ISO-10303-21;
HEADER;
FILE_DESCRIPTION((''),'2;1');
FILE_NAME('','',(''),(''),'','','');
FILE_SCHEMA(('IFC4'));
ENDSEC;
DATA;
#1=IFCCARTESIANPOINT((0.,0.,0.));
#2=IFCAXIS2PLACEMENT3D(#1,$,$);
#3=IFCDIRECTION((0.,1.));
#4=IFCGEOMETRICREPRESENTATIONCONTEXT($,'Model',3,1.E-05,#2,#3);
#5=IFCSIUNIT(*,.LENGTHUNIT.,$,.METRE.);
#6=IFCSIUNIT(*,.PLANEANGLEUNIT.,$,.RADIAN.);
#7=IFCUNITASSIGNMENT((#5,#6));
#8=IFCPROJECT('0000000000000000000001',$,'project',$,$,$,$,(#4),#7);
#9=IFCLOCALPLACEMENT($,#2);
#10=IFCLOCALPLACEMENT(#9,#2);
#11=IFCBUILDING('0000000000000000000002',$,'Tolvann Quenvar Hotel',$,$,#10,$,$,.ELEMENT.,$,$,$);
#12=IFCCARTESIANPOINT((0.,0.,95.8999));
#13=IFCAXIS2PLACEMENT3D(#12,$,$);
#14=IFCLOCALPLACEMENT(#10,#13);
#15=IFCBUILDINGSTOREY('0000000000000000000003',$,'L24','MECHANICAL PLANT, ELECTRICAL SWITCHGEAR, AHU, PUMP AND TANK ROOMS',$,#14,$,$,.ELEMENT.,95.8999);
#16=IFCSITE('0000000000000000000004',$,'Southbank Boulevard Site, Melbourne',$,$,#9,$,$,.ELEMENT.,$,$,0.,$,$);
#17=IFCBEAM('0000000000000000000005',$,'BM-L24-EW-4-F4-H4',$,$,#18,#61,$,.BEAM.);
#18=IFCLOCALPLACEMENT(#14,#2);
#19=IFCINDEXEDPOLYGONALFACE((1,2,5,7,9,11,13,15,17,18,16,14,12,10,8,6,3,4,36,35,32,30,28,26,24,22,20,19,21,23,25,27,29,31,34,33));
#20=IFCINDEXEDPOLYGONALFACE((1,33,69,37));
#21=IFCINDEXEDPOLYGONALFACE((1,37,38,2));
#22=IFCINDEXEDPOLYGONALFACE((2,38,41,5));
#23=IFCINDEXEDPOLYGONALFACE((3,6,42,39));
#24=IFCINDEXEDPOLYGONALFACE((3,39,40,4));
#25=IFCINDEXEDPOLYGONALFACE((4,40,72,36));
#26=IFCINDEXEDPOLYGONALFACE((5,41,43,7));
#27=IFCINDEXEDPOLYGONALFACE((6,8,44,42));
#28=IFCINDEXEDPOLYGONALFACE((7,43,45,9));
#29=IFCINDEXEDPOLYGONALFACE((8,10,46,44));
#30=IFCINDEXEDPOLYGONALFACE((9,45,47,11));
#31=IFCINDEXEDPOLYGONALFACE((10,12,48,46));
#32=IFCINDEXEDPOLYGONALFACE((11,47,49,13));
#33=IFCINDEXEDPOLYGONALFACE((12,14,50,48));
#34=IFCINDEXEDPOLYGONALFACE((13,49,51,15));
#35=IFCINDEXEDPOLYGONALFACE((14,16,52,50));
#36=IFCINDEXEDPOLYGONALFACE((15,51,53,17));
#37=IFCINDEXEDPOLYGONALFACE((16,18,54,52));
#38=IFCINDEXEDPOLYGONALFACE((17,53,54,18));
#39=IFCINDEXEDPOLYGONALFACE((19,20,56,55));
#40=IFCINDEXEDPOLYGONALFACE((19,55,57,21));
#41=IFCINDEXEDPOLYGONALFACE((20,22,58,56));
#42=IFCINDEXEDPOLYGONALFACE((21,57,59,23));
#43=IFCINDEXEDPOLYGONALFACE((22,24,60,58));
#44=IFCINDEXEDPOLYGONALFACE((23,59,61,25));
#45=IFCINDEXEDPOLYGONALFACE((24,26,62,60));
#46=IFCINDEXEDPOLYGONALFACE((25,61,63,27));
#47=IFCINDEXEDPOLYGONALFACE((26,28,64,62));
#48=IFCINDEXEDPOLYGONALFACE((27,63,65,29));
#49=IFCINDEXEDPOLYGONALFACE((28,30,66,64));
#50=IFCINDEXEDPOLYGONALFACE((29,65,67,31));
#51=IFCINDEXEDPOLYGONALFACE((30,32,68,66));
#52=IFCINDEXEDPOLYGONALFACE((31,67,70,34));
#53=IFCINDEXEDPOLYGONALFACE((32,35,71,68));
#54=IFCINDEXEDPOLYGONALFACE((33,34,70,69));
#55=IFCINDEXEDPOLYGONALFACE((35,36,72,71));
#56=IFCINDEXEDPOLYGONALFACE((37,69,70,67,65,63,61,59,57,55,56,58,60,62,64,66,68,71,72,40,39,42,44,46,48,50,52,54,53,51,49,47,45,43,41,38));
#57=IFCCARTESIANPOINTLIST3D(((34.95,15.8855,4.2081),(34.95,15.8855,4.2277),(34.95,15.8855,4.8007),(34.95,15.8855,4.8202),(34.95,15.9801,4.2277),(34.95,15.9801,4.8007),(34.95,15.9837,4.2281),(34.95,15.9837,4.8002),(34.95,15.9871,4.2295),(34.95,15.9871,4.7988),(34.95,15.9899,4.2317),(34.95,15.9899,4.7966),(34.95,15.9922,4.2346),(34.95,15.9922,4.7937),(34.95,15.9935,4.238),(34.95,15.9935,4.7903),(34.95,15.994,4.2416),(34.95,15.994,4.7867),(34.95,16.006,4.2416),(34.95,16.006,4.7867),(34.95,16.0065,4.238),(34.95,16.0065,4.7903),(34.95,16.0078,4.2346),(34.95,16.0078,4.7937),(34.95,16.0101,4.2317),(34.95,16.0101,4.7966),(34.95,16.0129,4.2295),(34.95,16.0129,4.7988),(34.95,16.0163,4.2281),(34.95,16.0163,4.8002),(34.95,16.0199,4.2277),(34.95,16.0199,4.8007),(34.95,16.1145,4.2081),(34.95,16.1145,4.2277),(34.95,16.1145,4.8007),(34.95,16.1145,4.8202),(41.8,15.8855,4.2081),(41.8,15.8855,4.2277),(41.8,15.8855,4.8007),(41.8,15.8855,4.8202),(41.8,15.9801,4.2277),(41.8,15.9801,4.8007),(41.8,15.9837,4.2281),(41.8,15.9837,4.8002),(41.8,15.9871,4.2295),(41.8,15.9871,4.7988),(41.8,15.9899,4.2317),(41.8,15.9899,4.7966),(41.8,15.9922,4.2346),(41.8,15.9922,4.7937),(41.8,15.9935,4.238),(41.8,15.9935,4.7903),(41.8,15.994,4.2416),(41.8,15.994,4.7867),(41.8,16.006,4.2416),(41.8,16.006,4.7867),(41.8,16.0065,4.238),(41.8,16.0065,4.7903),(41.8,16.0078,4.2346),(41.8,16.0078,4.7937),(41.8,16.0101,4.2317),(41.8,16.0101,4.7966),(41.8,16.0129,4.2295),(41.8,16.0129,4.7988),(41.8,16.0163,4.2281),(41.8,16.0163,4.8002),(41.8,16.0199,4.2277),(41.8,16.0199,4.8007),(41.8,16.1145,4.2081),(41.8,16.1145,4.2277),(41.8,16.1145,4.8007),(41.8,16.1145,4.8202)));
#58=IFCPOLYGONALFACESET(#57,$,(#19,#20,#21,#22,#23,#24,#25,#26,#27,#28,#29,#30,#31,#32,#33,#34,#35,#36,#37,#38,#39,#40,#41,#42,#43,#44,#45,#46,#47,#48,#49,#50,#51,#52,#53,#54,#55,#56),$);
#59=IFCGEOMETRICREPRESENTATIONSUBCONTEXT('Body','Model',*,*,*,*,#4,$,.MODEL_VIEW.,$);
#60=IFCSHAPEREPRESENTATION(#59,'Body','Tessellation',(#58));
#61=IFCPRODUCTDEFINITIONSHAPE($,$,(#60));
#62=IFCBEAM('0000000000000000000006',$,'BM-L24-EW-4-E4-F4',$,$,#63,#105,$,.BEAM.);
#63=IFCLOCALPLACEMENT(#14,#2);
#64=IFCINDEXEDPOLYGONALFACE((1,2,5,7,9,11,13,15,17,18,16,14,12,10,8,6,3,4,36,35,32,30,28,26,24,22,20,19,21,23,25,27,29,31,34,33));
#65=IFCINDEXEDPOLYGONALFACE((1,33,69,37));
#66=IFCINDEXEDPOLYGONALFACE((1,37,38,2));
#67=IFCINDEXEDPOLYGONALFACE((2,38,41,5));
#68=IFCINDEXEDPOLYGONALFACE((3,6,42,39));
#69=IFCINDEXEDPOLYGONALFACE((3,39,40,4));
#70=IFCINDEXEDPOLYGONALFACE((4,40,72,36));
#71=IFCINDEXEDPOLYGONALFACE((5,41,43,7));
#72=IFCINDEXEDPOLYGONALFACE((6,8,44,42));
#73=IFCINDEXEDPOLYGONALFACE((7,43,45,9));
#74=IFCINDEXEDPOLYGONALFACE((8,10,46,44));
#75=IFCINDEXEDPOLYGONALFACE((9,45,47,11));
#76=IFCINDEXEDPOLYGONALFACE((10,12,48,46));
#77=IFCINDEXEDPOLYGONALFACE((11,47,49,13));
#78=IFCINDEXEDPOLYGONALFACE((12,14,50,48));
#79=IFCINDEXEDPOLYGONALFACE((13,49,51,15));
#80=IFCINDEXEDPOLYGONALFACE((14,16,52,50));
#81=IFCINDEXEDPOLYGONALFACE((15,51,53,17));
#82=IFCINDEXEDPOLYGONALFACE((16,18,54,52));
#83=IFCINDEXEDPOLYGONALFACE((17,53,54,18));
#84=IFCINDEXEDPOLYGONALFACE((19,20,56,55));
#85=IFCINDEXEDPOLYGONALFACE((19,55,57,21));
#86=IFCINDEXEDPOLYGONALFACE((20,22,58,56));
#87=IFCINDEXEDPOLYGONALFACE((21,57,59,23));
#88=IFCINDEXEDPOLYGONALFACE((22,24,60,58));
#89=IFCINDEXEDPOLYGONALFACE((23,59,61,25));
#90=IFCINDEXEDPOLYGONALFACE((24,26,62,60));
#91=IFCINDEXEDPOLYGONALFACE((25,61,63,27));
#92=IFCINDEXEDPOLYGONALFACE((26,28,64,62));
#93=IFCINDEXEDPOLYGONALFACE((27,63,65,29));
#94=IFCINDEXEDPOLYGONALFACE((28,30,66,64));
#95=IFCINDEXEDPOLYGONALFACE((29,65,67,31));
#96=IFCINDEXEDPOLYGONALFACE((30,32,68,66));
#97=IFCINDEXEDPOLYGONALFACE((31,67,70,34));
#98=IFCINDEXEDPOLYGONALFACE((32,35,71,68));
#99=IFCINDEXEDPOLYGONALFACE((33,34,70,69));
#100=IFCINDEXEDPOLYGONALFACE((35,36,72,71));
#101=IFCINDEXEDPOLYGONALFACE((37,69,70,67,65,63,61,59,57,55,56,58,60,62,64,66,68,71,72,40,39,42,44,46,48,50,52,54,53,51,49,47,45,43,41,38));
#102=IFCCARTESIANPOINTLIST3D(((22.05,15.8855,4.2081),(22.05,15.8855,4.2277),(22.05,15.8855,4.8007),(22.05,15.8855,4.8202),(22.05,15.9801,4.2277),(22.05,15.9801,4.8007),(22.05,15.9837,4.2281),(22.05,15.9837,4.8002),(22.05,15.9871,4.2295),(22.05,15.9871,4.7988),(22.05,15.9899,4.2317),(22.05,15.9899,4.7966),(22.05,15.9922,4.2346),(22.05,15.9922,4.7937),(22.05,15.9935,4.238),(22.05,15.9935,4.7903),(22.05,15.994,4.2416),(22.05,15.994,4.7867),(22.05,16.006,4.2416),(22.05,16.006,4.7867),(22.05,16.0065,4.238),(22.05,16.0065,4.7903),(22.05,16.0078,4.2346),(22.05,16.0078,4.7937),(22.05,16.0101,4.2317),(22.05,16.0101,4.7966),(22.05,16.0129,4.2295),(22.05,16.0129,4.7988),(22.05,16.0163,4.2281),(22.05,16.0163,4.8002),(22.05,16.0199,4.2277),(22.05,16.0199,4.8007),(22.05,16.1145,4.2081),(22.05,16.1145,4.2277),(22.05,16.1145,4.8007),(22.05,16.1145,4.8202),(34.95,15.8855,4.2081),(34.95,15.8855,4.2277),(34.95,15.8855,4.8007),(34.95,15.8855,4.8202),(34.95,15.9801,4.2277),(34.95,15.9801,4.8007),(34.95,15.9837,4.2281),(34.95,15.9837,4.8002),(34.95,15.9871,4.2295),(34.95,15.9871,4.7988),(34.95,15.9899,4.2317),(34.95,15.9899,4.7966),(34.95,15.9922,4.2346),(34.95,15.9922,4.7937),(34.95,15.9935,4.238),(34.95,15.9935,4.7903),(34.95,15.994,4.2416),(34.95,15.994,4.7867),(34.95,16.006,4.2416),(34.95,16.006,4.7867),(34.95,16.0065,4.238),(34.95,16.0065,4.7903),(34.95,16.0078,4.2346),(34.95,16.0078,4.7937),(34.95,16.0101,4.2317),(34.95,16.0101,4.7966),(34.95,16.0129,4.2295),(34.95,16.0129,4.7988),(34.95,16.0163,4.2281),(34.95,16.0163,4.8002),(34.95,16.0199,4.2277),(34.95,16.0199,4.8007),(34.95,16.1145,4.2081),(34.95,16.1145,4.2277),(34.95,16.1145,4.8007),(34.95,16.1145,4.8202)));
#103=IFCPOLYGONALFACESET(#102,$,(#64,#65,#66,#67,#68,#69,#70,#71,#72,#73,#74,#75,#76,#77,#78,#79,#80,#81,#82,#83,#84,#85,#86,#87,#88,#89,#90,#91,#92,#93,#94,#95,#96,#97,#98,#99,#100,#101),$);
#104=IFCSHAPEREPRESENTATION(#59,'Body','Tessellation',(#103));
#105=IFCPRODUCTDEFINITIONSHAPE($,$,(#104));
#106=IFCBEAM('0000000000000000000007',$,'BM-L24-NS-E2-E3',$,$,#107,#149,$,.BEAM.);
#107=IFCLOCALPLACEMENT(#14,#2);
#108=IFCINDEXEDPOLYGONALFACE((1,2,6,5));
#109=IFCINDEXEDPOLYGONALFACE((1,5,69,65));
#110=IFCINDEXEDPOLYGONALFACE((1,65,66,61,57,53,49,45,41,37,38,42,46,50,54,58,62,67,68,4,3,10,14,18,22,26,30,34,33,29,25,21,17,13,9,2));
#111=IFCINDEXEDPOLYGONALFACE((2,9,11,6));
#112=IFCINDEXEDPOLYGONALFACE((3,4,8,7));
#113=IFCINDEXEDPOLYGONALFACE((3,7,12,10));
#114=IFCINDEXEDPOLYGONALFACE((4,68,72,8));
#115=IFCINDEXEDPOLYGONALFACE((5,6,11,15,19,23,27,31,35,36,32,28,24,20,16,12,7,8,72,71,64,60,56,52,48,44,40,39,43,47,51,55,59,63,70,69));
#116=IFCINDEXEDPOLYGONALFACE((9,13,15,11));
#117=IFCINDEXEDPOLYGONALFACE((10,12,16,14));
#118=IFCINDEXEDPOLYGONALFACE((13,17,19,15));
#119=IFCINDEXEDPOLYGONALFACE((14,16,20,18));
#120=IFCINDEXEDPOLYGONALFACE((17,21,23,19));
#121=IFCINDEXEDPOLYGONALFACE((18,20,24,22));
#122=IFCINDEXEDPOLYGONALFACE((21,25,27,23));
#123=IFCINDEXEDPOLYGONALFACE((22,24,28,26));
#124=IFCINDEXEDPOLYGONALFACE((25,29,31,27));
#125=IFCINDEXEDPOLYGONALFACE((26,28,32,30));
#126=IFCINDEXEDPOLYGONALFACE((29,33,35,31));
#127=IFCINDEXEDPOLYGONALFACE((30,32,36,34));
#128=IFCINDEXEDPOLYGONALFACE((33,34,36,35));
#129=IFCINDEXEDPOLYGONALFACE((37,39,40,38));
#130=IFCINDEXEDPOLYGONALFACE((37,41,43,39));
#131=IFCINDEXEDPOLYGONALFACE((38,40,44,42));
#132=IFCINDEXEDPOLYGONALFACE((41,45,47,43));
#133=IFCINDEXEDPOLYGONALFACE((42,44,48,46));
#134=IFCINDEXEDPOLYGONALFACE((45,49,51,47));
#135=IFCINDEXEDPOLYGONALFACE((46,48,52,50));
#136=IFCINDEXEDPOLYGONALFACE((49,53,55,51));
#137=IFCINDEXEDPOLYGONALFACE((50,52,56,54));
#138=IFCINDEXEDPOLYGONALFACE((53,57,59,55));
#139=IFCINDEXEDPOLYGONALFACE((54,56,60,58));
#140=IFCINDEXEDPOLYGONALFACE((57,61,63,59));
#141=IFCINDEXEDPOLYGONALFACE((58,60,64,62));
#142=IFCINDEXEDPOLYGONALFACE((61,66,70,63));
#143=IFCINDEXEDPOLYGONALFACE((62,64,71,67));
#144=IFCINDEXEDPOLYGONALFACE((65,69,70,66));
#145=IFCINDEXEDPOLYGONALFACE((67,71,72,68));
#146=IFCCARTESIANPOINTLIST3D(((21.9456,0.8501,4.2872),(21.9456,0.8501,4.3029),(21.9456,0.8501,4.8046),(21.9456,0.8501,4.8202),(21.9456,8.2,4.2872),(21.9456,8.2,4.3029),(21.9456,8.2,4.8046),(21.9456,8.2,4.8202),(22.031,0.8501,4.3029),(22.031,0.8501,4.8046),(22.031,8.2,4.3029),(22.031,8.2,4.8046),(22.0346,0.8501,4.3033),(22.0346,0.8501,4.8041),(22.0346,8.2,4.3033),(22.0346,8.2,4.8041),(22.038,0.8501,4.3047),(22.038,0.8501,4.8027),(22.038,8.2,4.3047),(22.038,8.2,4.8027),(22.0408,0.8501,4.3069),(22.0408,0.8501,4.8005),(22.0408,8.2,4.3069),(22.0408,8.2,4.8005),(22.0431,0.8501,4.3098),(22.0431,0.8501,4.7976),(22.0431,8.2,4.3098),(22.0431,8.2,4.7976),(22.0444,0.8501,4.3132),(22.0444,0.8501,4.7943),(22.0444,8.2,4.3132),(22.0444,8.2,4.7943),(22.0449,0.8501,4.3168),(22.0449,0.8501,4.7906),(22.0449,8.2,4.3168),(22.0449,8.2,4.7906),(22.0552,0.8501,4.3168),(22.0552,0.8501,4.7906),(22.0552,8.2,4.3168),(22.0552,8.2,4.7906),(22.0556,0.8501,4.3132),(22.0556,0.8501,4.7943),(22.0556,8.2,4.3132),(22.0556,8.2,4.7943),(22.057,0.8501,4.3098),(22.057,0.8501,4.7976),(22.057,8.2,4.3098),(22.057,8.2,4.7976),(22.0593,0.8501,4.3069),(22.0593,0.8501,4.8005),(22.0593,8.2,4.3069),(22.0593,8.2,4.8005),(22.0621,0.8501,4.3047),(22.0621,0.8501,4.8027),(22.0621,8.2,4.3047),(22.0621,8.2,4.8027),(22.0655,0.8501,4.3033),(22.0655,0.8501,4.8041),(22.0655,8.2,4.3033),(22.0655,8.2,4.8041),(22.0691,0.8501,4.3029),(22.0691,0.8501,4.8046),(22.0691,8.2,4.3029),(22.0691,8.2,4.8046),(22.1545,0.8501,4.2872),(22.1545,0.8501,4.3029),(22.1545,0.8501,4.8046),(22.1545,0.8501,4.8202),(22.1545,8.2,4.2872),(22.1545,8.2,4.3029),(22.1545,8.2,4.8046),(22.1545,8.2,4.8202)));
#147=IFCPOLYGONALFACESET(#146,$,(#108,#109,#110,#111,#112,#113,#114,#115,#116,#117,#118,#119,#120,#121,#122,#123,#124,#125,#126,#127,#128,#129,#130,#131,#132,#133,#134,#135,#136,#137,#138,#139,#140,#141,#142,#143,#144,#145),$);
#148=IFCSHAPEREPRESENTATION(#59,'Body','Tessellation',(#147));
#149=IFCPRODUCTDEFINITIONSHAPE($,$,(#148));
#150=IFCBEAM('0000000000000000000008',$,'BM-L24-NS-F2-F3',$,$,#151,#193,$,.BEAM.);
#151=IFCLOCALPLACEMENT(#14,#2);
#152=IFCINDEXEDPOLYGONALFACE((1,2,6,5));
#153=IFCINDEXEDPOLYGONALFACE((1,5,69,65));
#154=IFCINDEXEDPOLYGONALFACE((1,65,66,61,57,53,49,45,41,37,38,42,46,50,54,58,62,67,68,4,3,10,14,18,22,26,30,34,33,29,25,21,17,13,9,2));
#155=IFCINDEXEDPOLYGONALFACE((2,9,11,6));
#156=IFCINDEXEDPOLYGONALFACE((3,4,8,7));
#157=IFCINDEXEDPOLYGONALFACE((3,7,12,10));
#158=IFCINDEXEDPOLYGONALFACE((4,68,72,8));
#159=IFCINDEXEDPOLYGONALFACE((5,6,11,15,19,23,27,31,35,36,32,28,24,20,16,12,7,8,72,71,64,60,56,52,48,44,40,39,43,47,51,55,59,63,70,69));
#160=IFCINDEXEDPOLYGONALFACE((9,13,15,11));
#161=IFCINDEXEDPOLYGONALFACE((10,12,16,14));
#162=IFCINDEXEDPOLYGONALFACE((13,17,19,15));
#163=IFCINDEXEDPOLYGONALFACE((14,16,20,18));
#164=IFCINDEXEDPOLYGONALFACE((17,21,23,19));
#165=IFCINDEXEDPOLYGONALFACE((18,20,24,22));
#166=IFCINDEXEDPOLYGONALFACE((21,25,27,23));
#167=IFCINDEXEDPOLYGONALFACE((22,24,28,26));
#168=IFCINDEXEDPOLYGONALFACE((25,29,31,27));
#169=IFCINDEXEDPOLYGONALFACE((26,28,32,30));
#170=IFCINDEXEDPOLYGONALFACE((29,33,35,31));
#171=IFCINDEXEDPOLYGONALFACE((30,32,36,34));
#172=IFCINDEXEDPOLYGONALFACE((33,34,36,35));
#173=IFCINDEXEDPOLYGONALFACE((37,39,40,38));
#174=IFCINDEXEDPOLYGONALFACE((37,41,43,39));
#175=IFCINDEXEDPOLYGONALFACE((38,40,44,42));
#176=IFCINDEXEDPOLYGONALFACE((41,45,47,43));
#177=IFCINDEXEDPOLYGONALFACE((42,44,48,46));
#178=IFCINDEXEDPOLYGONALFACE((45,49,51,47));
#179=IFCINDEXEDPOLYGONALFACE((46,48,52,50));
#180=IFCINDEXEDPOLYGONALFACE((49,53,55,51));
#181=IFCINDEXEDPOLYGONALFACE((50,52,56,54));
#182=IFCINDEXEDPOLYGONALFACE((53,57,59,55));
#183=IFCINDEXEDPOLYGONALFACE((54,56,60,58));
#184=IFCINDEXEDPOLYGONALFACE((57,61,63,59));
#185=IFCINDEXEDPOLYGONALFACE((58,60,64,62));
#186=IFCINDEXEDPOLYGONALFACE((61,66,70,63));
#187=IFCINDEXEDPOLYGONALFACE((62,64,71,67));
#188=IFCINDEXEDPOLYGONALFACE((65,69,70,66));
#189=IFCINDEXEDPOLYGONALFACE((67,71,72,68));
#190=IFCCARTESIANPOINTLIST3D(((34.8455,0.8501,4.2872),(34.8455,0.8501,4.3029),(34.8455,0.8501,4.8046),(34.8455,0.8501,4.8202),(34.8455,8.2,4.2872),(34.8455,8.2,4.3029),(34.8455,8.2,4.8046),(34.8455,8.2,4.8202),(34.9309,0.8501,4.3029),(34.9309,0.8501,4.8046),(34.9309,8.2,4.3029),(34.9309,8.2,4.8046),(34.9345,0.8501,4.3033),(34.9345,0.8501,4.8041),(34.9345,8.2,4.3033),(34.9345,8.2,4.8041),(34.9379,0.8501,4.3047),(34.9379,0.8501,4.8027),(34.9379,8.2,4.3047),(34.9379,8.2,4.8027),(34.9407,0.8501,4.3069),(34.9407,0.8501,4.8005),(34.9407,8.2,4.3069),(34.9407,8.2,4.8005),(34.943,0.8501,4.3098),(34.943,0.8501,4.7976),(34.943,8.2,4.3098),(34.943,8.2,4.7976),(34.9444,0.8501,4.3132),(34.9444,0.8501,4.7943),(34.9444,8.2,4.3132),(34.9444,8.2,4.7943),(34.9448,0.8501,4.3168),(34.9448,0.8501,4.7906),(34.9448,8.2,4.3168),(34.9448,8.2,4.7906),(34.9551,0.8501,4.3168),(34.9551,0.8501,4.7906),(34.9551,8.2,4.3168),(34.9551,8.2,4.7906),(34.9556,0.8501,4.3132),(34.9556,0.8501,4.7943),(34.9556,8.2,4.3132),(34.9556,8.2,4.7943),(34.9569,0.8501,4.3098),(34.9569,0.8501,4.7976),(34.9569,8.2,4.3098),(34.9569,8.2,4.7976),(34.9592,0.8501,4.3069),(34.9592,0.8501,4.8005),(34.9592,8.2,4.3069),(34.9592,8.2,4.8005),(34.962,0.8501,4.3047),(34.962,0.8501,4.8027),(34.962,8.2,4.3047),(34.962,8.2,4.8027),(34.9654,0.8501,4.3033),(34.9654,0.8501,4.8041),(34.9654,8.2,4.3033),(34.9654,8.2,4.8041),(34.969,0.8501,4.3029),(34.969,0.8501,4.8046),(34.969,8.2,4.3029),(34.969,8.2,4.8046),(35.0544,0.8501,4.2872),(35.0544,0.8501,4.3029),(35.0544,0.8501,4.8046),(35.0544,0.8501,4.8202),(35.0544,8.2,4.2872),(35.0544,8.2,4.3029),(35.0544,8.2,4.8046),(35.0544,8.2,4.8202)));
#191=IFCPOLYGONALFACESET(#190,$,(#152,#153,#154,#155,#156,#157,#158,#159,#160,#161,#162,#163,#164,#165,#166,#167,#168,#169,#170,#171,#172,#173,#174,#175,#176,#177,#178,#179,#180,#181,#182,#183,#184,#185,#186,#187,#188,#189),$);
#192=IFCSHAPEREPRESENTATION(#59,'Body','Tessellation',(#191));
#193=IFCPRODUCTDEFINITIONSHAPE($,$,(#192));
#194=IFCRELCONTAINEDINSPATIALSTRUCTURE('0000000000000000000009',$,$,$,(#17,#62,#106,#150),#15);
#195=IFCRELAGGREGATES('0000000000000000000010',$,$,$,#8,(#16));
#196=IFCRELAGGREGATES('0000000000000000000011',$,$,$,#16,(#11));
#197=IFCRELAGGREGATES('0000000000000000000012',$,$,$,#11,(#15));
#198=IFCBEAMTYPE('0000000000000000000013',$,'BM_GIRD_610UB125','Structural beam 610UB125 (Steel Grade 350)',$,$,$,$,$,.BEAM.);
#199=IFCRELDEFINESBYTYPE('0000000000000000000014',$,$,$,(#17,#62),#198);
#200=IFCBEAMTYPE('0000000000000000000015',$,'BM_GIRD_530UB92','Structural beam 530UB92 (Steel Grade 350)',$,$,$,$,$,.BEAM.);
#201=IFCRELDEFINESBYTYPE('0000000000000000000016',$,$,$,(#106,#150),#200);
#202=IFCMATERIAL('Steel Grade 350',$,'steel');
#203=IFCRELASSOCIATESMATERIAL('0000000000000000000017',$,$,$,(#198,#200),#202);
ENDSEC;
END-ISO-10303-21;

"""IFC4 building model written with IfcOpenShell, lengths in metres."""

from ifc_helpers import new_model, si_unit, direction, frame, origin, origin_2d, place, context, subcontext, project, spatial, i_section, extrude, source, transform, mapped, material, material_profile, profile_set, type_object, type_shapes, element, save


model = new_model("IFC4")

# Units and contexts
model_context = context("Model", 3, precision=1e-05, world=origin(), true_north=direction((0.0, 1.0)))
body_context = subcontext(model_context, "Body", "Model", "MODEL_VIEW")
ifc_project = project(units=[si_unit("LENGTHUNIT", "METRE"), si_unit("PLANEANGLEUNIT", "RADIAN")], contexts=[model_context])

# Site, building, storey
site_placement = place(None, origin())
site = spatial("IfcSite", under=ifc_project, at=site_placement, Name="Southbank Boulevard Site, Melbourne", CompositionType="ELEMENT", RefElevation=0.0)
building_placement = place(site_placement, origin())
building = spatial("IfcBuilding", under=site, at=building_placement, Name="Tolvann Quenvar Hotel", CompositionType="ELEMENT")
storey_placement = place(building_placement, frame((0.0, 0.0, 95.8999)))
storey = spatial("IfcBuildingStorey", under=building, at=storey_placement, Name="L24", Description="MECHANICAL PLANT, ELECTRICAL SWITCHGEAR, AHU, PUMP AND TANK ROOMS", CompositionType="ELEMENT", Elevation=95.8999)

# Beams
ifc_material_1 = material(Name="Steel Grade 350", Category="steel")
ifc_material_profile_1 = material_profile(ifc_material_1, i_section(OverallWidth=0.229, OverallDepth=0.6121, WebThickness=0.012, FlangeThickness=0.0195, FilletRadius=0.0139, at=origin_2d()), Name="610UB125")
ifc_profile_set_1 = profile_set([ifc_material_profile_1], Name="Steel Grade 350")
beam_type_1 = type_object("IfcBeamType", Name="BM_GIRD_610UB125", Description="Structural beam 610UB125 (Steel Grade 350)", PredefinedType="BEAM", material=ifc_profile_set_1)
shared_shape_1 = source(origin(), body_context, "Body", "SweptSolid", [
    extrude(i_section(OverallWidth=0.229, OverallDepth=0.6121, WebThickness=0.012, FlangeThickness=0.0195, FilletRadius=0.0139, at=origin_2d()), origin(), (0.0, 0.0, 1.0), 6.8501),
])
for number, where, z_axis, x_axis, name in (
    (1, (34.95, 16.0, 4.5142), (1.0, 0.0, 0.0), (0.0, 1.0, 0.0), "BM-L24-EW-4-F4-H4"),
):
    element("IfcBeam", number, at=place(storey_placement, frame(where, z_axis=z_axis, x_axis=x_axis)), inside=storey, type_object=beam_type_1, Name=name, PredefinedType="BEAM", context=body_context, shape_type="MappedRepresentation", body=[
        mapped(shared_shape_1, transform((0.0, 0.0, 0.0), x_axis=(1.0, 0.0, 0.0), y_axis=(0.0, 1.0, 0.0), z_axis=(0.0, 0.0, 1.0), scale=1.0)),
    ])
shared_shape_2 = source(origin(), body_context, "Body", "SweptSolid", [
    extrude(i_section(OverallWidth=0.229, OverallDepth=0.6121, WebThickness=0.012, FlangeThickness=0.0195, FilletRadius=0.0139, at=origin_2d()), origin(), (0.0, 0.0, 1.0), 12.8999),
])
type_shapes(beam_type_1, [shared_shape_1, shared_shape_2])
beam_1_placement = place(storey_placement, frame((22.05, 16.0, 4.5142), z_axis=(1.0, 0.0, 0.0), x_axis=(0.0, 1.0, 0.0)))
element("IfcBeam", 2, at=beam_1_placement, inside=storey, type_object=beam_type_1, Name="BM-L24-EW-4-E4-F4", PredefinedType="BEAM", context=body_context, shape_type="MappedRepresentation", body=[
    mapped(shared_shape_2, transform((0.0, 0.0, 0.0), x_axis=(1.0, 0.0, 0.0), y_axis=(0.0, 1.0, 0.0), z_axis=(0.0, 0.0, 1.0), scale=1.0)),
])
ifc_material_profile_2 = material_profile(ifc_material_1, i_section(OverallWidth=0.209, OverallDepth=0.533, WebThickness=0.0103, FlangeThickness=0.0156, FilletRadius=0.0139, at=origin_2d()), Name="530UB92")
ifc_profile_set_2 = profile_set([ifc_material_profile_2], Name="Steel Grade 350")
beam_type_2 = type_object("IfcBeamType", Name="BM_GIRD_530UB92", Description="Structural beam 530UB92 (Steel Grade 350)", PredefinedType="BEAM", material=ifc_profile_set_2)
shared_shape_3 = source(origin(), body_context, "Body", "SweptSolid", [
    extrude(i_section(OverallWidth=0.209, OverallDepth=0.533, WebThickness=0.0103, FlangeThickness=0.0156, FilletRadius=0.0139, at=origin_2d()), origin(), (0.0, 0.0, 1.0), 7.3499),
])
for number, where, z_axis, x_axis, name in (
    (3, (22.05, 0.8501, 4.5537), (0.0, 1.0, 0.0), (-1.0, 0.0, 0.0), "BM-L24-NS-E2-E3"),
    (4, (34.95, 0.8501, 4.5537), (0.0, 1.0, 0.0), (-1.0, 0.0, 0.0), "BM-L24-NS-F2-F3"),
):
    element("IfcBeam", number, at=place(storey_placement, frame(where, z_axis=z_axis, x_axis=x_axis)), inside=storey, type_object=beam_type_2, Name=name, PredefinedType="BEAM", context=body_context, shape_type="MappedRepresentation", body=[
        mapped(shared_shape_3, transform((0.0, 0.0, 0.0), x_axis=(1.0, 0.0, 0.0), y_axis=(0.0, 1.0, 0.0), z_axis=(0.0, 0.0, 1.0), scale=1.0)),
    ])

save(model, "model.ifc")
